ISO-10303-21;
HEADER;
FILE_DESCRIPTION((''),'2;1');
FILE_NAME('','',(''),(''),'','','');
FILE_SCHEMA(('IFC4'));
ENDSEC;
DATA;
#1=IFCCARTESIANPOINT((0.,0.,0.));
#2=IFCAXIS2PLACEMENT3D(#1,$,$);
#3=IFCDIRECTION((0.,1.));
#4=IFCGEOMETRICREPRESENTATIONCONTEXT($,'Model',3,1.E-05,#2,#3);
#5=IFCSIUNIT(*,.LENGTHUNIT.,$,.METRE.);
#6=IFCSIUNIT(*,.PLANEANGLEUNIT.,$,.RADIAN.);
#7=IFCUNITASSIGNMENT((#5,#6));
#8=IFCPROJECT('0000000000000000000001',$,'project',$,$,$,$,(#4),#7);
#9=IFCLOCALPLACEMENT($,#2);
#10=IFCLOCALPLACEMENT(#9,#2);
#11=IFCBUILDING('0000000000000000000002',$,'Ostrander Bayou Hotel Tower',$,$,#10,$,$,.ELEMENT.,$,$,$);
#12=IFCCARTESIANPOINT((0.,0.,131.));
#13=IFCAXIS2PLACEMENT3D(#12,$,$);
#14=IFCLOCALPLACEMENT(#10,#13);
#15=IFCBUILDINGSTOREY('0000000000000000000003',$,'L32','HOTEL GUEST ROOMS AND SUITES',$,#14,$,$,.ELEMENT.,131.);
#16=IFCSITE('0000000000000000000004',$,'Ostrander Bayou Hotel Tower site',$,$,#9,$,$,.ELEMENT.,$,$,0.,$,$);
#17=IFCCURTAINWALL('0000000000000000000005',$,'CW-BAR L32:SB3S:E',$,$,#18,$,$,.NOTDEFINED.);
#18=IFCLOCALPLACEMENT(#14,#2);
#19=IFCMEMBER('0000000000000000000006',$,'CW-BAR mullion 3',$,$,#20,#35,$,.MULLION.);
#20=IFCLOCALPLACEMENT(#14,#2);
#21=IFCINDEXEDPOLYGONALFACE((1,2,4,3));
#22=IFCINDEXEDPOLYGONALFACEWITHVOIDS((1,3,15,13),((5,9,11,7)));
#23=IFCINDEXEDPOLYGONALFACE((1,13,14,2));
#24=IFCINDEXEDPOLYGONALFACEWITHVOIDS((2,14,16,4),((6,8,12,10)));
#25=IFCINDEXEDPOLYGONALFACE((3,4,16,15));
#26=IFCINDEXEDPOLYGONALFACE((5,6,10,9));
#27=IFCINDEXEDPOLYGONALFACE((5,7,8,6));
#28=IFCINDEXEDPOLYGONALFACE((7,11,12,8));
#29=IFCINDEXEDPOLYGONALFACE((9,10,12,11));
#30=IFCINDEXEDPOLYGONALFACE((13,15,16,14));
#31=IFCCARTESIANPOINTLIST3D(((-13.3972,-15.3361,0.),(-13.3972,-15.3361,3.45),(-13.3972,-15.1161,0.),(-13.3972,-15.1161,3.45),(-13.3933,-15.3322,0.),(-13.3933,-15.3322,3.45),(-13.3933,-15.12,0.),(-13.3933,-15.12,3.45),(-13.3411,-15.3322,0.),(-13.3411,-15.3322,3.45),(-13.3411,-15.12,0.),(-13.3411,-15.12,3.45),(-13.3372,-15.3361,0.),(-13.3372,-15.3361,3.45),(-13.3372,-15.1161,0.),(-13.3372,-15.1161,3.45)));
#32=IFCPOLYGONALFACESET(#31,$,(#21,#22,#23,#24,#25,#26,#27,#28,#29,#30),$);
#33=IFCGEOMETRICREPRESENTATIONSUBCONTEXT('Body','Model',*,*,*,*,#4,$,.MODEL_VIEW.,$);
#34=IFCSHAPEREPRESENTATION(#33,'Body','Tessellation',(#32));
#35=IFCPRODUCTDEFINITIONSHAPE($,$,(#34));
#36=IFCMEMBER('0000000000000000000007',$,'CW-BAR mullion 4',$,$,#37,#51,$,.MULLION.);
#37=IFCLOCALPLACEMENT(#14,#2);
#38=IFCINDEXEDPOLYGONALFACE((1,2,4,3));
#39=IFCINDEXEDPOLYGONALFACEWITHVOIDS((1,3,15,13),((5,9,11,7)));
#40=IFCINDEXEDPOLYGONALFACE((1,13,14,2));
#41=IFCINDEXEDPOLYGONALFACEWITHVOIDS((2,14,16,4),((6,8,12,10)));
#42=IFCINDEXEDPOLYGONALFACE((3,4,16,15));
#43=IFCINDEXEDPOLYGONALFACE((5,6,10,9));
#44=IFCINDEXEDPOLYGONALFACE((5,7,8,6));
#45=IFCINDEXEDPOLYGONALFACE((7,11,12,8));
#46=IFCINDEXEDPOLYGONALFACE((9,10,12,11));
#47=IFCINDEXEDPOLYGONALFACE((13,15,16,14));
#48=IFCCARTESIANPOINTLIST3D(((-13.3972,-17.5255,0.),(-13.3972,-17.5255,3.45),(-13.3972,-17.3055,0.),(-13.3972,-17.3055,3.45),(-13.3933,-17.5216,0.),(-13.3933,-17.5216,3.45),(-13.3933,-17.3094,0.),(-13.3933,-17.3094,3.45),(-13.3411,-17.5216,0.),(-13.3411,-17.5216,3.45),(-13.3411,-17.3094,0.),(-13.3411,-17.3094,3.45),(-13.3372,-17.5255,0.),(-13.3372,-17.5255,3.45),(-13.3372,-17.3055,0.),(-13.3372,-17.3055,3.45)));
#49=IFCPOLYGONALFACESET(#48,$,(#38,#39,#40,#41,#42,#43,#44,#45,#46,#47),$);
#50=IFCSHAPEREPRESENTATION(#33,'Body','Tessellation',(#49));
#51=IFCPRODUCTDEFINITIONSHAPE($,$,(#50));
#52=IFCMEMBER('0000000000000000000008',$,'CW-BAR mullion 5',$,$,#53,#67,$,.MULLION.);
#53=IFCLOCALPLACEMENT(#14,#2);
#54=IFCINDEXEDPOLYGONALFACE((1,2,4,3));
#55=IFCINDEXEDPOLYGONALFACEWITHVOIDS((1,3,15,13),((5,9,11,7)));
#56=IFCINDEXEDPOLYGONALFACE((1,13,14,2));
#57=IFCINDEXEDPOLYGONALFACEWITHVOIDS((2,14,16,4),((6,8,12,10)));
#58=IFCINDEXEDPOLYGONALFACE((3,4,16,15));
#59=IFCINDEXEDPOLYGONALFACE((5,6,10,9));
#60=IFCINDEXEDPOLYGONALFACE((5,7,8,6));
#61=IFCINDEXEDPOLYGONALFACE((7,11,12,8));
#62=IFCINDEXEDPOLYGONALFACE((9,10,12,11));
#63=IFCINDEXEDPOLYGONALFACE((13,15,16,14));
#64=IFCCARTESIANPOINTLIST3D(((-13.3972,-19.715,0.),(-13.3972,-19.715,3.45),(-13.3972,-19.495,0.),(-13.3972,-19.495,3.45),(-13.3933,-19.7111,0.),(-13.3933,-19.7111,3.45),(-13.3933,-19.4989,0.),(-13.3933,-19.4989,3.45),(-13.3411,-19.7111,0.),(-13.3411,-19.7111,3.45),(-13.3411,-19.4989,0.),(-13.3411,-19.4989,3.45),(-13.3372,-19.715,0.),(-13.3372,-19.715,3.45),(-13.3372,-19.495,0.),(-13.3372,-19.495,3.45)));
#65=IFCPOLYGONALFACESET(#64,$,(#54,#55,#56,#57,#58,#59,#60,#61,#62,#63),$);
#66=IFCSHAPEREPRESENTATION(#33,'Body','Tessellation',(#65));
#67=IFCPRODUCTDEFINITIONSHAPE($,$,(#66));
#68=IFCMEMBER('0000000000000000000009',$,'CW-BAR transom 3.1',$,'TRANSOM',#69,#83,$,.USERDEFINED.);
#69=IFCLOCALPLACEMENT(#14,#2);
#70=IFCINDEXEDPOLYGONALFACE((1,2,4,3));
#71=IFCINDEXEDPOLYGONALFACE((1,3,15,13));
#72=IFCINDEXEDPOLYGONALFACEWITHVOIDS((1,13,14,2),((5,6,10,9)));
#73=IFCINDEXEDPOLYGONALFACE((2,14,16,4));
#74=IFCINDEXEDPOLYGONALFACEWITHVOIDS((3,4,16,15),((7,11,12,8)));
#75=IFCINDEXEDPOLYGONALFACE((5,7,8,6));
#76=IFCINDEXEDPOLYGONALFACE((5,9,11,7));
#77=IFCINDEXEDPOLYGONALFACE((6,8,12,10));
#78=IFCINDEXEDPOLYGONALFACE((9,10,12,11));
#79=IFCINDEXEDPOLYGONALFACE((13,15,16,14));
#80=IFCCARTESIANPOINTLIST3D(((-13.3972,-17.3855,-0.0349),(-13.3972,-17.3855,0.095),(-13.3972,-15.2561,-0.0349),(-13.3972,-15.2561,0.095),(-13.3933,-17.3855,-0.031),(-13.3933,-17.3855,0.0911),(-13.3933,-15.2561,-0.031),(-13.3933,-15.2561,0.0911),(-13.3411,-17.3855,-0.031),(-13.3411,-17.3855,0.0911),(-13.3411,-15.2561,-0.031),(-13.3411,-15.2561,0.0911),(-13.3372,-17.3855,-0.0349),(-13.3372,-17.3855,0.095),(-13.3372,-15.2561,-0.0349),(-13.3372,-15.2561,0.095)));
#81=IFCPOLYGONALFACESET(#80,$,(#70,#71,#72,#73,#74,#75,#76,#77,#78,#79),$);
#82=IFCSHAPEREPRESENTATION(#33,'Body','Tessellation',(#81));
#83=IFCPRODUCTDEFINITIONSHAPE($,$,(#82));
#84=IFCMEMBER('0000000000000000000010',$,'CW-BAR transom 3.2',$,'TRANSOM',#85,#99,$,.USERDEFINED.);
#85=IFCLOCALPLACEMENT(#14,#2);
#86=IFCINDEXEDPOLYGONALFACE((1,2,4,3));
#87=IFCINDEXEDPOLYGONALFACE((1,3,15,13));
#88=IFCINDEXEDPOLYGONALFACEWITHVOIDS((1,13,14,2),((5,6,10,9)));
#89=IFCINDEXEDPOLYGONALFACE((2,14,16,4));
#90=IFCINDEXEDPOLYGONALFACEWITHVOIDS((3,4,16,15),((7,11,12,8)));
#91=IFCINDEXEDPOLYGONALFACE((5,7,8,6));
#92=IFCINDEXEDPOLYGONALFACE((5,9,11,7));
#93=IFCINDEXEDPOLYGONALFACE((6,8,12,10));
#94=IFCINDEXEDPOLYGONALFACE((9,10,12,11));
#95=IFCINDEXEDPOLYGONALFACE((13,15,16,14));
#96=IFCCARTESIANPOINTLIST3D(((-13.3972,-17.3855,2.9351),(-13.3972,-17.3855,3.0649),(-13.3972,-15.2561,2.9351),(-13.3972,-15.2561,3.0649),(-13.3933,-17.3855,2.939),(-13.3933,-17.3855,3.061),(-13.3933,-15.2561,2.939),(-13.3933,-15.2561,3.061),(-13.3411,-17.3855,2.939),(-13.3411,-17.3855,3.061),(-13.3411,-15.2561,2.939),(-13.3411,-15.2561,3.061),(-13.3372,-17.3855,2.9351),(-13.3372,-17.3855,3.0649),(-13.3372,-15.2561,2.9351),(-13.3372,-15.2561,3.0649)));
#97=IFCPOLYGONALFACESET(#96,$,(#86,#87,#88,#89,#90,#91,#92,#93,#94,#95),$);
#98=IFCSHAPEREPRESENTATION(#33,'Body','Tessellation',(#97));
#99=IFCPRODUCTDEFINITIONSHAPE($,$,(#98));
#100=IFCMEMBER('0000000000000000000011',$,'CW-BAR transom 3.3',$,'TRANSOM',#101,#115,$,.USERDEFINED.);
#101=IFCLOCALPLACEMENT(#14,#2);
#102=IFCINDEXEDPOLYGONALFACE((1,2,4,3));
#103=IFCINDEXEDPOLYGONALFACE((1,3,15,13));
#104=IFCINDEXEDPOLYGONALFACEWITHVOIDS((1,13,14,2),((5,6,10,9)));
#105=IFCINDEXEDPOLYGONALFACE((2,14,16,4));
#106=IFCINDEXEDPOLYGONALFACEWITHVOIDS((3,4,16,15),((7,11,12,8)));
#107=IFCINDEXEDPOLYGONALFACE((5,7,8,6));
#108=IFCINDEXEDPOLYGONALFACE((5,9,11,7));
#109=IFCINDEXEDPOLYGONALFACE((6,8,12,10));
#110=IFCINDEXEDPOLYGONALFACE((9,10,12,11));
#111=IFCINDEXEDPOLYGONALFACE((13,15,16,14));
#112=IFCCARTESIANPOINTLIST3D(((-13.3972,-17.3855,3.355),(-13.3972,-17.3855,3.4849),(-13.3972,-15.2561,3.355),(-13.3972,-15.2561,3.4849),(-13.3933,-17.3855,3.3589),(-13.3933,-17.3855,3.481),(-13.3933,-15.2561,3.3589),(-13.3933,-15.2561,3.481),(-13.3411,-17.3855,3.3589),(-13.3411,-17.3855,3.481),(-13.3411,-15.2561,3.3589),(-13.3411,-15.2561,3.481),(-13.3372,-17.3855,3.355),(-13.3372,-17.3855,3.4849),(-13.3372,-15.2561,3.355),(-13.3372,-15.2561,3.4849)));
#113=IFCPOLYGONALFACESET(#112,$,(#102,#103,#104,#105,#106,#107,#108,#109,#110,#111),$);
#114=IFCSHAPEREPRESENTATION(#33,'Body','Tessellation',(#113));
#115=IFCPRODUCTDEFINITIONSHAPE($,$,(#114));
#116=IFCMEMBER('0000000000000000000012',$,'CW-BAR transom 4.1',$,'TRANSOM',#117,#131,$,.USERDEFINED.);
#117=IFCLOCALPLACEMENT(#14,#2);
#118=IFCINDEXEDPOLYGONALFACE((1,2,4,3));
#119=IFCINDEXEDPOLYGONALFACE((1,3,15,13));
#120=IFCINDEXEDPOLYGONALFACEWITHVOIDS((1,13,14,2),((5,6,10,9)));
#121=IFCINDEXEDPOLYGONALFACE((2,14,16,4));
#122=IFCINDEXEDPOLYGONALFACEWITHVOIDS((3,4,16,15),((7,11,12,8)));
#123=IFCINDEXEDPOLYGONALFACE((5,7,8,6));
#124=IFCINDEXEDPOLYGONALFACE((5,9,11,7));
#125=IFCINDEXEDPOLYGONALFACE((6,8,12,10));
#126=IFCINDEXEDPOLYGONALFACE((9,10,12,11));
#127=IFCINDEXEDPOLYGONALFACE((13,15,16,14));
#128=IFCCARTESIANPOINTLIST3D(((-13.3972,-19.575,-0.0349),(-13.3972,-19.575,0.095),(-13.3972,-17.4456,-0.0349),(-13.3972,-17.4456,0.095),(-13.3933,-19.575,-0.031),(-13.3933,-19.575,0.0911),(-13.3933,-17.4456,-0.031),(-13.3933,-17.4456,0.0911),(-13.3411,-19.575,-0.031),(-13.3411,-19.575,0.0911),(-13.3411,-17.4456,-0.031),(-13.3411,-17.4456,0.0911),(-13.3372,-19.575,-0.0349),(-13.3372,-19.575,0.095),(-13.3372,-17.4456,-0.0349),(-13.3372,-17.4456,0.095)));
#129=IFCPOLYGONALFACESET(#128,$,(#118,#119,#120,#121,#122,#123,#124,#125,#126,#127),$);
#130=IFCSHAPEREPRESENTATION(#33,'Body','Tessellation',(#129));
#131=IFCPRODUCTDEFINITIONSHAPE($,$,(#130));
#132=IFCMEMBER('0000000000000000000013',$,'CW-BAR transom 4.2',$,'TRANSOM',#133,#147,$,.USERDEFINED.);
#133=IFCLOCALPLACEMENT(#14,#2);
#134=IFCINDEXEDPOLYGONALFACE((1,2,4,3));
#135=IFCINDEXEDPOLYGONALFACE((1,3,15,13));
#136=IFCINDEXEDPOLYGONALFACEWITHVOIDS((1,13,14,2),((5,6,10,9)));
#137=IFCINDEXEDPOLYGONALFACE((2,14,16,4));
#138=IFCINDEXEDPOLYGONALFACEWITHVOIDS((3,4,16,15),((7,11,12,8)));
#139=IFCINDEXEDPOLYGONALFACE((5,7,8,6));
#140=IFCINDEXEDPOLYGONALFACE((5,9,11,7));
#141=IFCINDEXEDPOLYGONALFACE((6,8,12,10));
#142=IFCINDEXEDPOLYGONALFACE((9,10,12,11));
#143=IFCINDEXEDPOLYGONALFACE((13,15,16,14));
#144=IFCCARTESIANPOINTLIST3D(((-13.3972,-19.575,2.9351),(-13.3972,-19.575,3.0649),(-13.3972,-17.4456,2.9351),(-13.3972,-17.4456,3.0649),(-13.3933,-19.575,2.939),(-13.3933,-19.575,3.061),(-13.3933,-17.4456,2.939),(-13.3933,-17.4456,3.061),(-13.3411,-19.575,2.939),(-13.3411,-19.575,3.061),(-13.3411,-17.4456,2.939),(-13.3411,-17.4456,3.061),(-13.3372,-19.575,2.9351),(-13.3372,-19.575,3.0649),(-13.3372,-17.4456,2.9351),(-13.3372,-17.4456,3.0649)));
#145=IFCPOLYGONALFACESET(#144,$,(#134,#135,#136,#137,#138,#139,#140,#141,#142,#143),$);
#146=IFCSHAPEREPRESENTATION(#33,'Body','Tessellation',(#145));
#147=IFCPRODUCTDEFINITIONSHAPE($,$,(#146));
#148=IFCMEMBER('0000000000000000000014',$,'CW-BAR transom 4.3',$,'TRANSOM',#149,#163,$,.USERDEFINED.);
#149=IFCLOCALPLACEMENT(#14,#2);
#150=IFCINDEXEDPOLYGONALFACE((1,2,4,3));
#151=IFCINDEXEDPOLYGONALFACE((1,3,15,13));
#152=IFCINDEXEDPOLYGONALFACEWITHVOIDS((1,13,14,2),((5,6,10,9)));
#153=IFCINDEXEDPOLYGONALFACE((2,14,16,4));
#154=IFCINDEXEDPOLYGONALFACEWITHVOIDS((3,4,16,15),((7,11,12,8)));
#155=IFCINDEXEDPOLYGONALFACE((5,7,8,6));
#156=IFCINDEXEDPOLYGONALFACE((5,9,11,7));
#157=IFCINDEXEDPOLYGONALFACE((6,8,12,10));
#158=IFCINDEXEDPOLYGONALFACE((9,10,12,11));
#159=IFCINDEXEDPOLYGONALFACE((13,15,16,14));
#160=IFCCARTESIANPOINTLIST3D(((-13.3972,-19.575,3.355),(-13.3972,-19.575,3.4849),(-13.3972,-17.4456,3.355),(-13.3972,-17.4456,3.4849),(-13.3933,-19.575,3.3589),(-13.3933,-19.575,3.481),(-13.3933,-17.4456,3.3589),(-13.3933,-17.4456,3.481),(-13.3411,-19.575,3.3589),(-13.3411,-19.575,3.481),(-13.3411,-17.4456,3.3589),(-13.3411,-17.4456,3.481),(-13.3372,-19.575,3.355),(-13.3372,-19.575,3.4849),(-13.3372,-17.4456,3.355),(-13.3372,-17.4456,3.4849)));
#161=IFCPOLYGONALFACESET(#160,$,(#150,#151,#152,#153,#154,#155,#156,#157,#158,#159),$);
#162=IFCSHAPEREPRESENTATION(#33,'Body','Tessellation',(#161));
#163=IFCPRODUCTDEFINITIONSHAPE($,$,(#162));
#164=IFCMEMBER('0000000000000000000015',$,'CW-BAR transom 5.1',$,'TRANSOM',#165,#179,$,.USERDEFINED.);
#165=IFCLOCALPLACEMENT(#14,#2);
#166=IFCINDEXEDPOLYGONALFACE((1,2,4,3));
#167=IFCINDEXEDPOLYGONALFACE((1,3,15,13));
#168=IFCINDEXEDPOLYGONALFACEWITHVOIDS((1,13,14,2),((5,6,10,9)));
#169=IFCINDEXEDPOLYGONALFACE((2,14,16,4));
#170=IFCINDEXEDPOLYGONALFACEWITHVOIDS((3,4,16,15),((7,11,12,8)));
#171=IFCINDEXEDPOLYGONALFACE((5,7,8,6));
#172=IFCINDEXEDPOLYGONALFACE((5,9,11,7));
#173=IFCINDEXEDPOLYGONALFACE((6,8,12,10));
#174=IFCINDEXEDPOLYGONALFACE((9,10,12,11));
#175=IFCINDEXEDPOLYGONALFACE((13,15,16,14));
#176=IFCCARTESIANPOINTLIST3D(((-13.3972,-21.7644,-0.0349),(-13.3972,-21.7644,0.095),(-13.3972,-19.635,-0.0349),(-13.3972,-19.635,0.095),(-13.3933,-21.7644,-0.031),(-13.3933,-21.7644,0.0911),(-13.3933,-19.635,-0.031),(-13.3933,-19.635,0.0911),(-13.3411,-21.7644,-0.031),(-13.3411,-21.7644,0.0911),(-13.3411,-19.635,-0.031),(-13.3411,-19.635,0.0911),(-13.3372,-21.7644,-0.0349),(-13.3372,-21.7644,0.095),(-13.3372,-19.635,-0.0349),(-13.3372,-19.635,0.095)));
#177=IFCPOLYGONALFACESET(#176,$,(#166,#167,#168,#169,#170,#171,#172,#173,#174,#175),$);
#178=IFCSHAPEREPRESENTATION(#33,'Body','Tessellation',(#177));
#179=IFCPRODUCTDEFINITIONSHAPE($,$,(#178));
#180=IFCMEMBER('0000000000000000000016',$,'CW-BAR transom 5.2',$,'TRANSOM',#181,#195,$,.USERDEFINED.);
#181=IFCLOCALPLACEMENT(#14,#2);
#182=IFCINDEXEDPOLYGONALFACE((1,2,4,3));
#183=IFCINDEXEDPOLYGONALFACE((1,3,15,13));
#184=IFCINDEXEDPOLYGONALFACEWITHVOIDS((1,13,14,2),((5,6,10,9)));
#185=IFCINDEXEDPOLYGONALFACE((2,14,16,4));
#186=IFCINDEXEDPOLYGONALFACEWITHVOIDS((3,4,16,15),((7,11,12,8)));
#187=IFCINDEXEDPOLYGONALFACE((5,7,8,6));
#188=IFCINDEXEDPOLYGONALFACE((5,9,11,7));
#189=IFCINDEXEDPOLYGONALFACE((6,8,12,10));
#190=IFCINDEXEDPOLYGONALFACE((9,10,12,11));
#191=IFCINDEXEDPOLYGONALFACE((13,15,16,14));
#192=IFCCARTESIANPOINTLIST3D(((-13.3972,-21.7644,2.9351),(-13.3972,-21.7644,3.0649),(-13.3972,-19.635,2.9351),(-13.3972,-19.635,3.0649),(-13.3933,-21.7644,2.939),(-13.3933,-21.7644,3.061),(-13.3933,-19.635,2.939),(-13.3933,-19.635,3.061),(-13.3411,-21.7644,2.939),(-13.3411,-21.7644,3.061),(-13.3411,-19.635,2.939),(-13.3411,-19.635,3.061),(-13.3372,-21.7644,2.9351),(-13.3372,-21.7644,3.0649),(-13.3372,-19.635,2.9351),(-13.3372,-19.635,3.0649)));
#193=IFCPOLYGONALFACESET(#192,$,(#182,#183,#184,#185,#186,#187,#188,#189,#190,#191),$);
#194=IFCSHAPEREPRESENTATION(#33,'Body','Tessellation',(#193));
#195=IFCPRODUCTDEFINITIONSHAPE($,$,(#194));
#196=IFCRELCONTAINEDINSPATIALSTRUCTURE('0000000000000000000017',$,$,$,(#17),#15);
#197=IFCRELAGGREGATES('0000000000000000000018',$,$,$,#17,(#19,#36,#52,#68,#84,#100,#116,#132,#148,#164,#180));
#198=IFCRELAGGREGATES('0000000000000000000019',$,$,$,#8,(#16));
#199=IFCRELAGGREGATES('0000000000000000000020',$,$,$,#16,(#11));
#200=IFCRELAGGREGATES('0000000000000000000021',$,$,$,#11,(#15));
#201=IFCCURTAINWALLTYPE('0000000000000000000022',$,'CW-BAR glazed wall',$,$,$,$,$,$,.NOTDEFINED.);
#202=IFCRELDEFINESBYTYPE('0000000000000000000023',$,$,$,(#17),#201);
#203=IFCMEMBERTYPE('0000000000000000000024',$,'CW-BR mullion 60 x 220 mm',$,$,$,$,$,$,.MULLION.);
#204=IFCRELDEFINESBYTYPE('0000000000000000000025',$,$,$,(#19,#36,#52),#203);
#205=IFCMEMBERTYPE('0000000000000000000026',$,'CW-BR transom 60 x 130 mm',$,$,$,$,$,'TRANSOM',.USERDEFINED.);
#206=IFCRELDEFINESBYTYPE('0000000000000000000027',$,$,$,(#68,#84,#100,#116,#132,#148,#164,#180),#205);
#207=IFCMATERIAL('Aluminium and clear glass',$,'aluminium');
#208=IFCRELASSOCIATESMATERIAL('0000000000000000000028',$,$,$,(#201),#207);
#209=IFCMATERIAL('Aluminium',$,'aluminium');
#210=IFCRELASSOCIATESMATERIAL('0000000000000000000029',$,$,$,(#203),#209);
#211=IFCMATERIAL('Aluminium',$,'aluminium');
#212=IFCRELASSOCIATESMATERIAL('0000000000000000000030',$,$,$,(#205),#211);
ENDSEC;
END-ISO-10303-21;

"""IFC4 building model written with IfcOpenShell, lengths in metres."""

from ifc_helpers import new_model, si_unit, direction, frame, origin, origin_2d, place, context, subcontext, project, spatial, hollow_rectangle, extrude, material, material_profile, profile_set, type_object, element, aggregate, save


model = new_model("IFC4")

# Units and contexts
model_context = context("Model", 3, precision=1e-05, world=origin(), true_north=direction((0.0, 1.0)))
body_context = subcontext(model_context, "Body", "Model", "MODEL_VIEW")
ifc_project = project(units=[si_unit("LENGTHUNIT", "METRE"), si_unit("PLANEANGLEUNIT", "RADIAN")], contexts=[model_context])

# Site, building, storey
site_placement = place(None, origin())
site = spatial("IfcSite", under=ifc_project, at=site_placement, Name="Ostrander Bayou Hotel Tower site", CompositionType="ELEMENT", RefElevation=0.0)
building_placement = place(site_placement, origin())
building = spatial("IfcBuilding", under=site, at=building_placement, Name="Ostrander Bayou Hotel Tower", CompositionType="ELEMENT")
storey_placement = place(building_placement, frame((0.0, 0.0, 131.0)))
storey = spatial("IfcBuildingStorey", under=building, at=storey_placement, Name="L32", Description="HOTEL GUEST ROOMS AND SUITES", CompositionType="ELEMENT", Elevation=131.0)

# Curtain wall, members
ifc_material_1 = material(Name="Aluminium and clear glass", Category="aluminium")
curtain_wall_type = type_object("IfcCurtainWallType", Name="CW-BAR glazed wall", PredefinedType="NOTDEFINED", material=ifc_material_1)
curtain_wall_placement = place(storey_placement, origin())
curtain_wall = element("IfcCurtainWall", 1, at=curtain_wall_placement, inside=storey, type_object=curtain_wall_type, Name="CW-BAR L32:SB3S:E", PredefinedType="NOTDEFINED")
ifc_material_2 = material(Name="Aluminium", Category="aluminium")
ifc_material_profile_1 = material_profile(ifc_material_2, hollow_rectangle(XDim=0.0601, YDim=0.22, WallThickness=0.0039, at=origin_2d()))
ifc_profile_set_1 = profile_set([ifc_material_profile_1], Name="Aluminium")
member_type_1 = type_object("IfcMemberType", Name="CW-BR mullion 60 x 220 mm", PredefinedType="MULLION", material=ifc_profile_set_1)
member_1_placement = place(storey_placement, frame((-13.3672, -15.2261, 0.0), z_axis=(0.0, 0.0, 1.0), x_axis=(1.0, 0.0, 0.0)))
member_1 = element("IfcMember", 2, at=member_1_placement, type_object=member_type_1, Name="CW-BAR mullion 3", PredefinedType="MULLION", context=body_context, shape_type="SweptSolid", body=[
    extrude(hollow_rectangle(XDim=0.0601, YDim=0.22, WallThickness=0.0039, at=origin_2d()), origin(), (0.0, 0.0, 1.0), 3.45),
])
member_2_placement = place(storey_placement, frame((-13.3672, -17.4155, 0.0), z_axis=(0.0, 0.0, 1.0), x_axis=(1.0, 0.0, 0.0)))
member_2 = element("IfcMember", 3, at=member_2_placement, type_object=member_type_1, Name="CW-BAR mullion 4", PredefinedType="MULLION", context=body_context, shape_type="SweptSolid", body=[
    extrude(hollow_rectangle(XDim=0.0601, YDim=0.22, WallThickness=0.0039, at=origin_2d()), origin(), (0.0, 0.0, 1.0), 3.45),
])
member_3_placement = place(storey_placement, frame((-13.3672, -19.605, 0.0), z_axis=(0.0, 0.0, 1.0), x_axis=(1.0, 0.0, 0.0)))
member_3 = element("IfcMember", 4, at=member_3_placement, type_object=member_type_1, Name="CW-BAR mullion 5", PredefinedType="MULLION", context=body_context, shape_type="SweptSolid", body=[
    extrude(hollow_rectangle(XDim=0.0601, YDim=0.22, WallThickness=0.0039, at=origin_2d()), origin(), (0.0, 0.0, 1.0), 3.45),
])
ifc_material_3 = material(Name="Aluminium", Category="aluminium")
ifc_material_profile_2 = material_profile(ifc_material_3, hollow_rectangle(XDim=0.0601, YDim=0.1299, WallThickness=0.0039, at=origin_2d()))
ifc_profile_set_2 = profile_set([ifc_material_profile_2], Name="Aluminium")
member_type_2 = type_object("IfcMemberType", Name="CW-BR transom 60 x 130 mm", ElementType="TRANSOM", PredefinedType="USERDEFINED", material=ifc_profile_set_2)
member_4_placement = place(storey_placement, frame((-13.3672, -15.2561, 0.03), z_axis=(0.0, -1.0, 0.0), x_axis=(1.0, 0.0, 0.0)))
member_4 = element("IfcMember", 5, at=member_4_placement, type_object=member_type_2, Name="CW-BAR transom 3.1", ObjectType="TRANSOM", PredefinedType="USERDEFINED", context=body_context, shape_type="SweptSolid", body=[
    extrude(hollow_rectangle(XDim=0.0601, YDim=0.1299, WallThickness=0.0039, at=origin_2d()), origin(), (0.0, 0.0, 1.0), 2.1294),
])
member_5_placement = place(storey_placement, frame((-13.3672, -15.2561, 3.0), z_axis=(0.0, -1.0, 0.0), x_axis=(1.0, 0.0, 0.0)))
member_5 = element("IfcMember", 6, at=member_5_placement, type_object=member_type_2, Name="CW-BAR transom 3.2", ObjectType="TRANSOM", PredefinedType="USERDEFINED", context=body_context, shape_type="SweptSolid", body=[
    extrude(hollow_rectangle(XDim=0.0601, YDim=0.1299, WallThickness=0.0039, at=origin_2d()), origin(), (0.0, 0.0, 1.0), 2.1294),
])
member_6_placement = place(storey_placement, frame((-13.3672, -15.2561, 3.4199), z_axis=(0.0, -1.0, 0.0), x_axis=(1.0, 0.0, 0.0)))
member_6 = element("IfcMember", 7, at=member_6_placement, type_object=member_type_2, Name="CW-BAR transom 3.3", ObjectType="TRANSOM", PredefinedType="USERDEFINED", context=body_context, shape_type="SweptSolid", body=[
    extrude(hollow_rectangle(XDim=0.0601, YDim=0.1299, WallThickness=0.0039, at=origin_2d()), origin(), (0.0, 0.0, 1.0), 2.1294),
])
member_7_placement = place(storey_placement, frame((-13.3672, -17.4456, 0.03), z_axis=(0.0, -1.0, 0.0), x_axis=(1.0, 0.0, 0.0)))
member_7 = element("IfcMember", 8, at=member_7_placement, type_object=member_type_2, Name="CW-BAR transom 4.1", ObjectType="TRANSOM", PredefinedType="USERDEFINED", context=body_context, shape_type="SweptSolid", body=[
    extrude(hollow_rectangle(XDim=0.0601, YDim=0.1299, WallThickness=0.0039, at=origin_2d()), origin(), (0.0, 0.0, 1.0), 2.1294),
])
member_8_placement = place(storey_placement, frame((-13.3672, -17.4456, 3.0), z_axis=(0.0, -1.0, 0.0), x_axis=(1.0, 0.0, 0.0)))
member_8 = element("IfcMember", 9, at=member_8_placement, type_object=member_type_2, Name="CW-BAR transom 4.2", ObjectType="TRANSOM", PredefinedType="USERDEFINED", context=body_context, shape_type="SweptSolid", body=[
    extrude(hollow_rectangle(XDim=0.0601, YDim=0.1299, WallThickness=0.0039, at=origin_2d()), origin(), (0.0, 0.0, 1.0), 2.1294),
])
member_9_placement = place(storey_placement, frame((-13.3672, -17.4456, 3.4199), z_axis=(0.0, -1.0, 0.0), x_axis=(1.0, 0.0, 0.0)))
member_9 = element("IfcMember", 10, at=member_9_placement, type_object=member_type_2, Name="CW-BAR transom 4.3", ObjectType="TRANSOM", PredefinedType="USERDEFINED", context=body_context, shape_type="SweptSolid", body=[
    extrude(hollow_rectangle(XDim=0.0601, YDim=0.1299, WallThickness=0.0039, at=origin_2d()), origin(), (0.0, 0.0, 1.0), 2.1294),
])
member_10_placement = place(storey_placement, frame((-13.3672, -19.635, 0.03), z_axis=(0.0, -1.0, 0.0), x_axis=(1.0, 0.0, 0.0)))
member_10 = element("IfcMember", 11, at=member_10_placement, type_object=member_type_2, Name="CW-BAR transom 5.1", ObjectType="TRANSOM", PredefinedType="USERDEFINED", context=body_context, shape_type="SweptSolid", body=[
    extrude(hollow_rectangle(XDim=0.0601, YDim=0.1299, WallThickness=0.0039, at=origin_2d()), origin(), (0.0, 0.0, 1.0), 2.1294),
])
member_11_placement = place(storey_placement, frame((-13.3672, -19.635, 3.0), z_axis=(0.0, -1.0, 0.0), x_axis=(1.0, 0.0, 0.0)))
member_11 = element("IfcMember", 12, at=member_11_placement, type_object=member_type_2, Name="CW-BAR transom 5.2", ObjectType="TRANSOM", PredefinedType="USERDEFINED", context=body_context, shape_type="SweptSolid", body=[
    extrude(hollow_rectangle(XDim=0.0601, YDim=0.1299, WallThickness=0.0039, at=origin_2d()), origin(), (0.0, 0.0, 1.0), 2.1294),
])
aggregate(curtain_wall, [member_1, member_2, member_3, member_4, member_5, member_6, member_7, member_8, member_9, member_10, member_11])

save(model, "model.ifc")
